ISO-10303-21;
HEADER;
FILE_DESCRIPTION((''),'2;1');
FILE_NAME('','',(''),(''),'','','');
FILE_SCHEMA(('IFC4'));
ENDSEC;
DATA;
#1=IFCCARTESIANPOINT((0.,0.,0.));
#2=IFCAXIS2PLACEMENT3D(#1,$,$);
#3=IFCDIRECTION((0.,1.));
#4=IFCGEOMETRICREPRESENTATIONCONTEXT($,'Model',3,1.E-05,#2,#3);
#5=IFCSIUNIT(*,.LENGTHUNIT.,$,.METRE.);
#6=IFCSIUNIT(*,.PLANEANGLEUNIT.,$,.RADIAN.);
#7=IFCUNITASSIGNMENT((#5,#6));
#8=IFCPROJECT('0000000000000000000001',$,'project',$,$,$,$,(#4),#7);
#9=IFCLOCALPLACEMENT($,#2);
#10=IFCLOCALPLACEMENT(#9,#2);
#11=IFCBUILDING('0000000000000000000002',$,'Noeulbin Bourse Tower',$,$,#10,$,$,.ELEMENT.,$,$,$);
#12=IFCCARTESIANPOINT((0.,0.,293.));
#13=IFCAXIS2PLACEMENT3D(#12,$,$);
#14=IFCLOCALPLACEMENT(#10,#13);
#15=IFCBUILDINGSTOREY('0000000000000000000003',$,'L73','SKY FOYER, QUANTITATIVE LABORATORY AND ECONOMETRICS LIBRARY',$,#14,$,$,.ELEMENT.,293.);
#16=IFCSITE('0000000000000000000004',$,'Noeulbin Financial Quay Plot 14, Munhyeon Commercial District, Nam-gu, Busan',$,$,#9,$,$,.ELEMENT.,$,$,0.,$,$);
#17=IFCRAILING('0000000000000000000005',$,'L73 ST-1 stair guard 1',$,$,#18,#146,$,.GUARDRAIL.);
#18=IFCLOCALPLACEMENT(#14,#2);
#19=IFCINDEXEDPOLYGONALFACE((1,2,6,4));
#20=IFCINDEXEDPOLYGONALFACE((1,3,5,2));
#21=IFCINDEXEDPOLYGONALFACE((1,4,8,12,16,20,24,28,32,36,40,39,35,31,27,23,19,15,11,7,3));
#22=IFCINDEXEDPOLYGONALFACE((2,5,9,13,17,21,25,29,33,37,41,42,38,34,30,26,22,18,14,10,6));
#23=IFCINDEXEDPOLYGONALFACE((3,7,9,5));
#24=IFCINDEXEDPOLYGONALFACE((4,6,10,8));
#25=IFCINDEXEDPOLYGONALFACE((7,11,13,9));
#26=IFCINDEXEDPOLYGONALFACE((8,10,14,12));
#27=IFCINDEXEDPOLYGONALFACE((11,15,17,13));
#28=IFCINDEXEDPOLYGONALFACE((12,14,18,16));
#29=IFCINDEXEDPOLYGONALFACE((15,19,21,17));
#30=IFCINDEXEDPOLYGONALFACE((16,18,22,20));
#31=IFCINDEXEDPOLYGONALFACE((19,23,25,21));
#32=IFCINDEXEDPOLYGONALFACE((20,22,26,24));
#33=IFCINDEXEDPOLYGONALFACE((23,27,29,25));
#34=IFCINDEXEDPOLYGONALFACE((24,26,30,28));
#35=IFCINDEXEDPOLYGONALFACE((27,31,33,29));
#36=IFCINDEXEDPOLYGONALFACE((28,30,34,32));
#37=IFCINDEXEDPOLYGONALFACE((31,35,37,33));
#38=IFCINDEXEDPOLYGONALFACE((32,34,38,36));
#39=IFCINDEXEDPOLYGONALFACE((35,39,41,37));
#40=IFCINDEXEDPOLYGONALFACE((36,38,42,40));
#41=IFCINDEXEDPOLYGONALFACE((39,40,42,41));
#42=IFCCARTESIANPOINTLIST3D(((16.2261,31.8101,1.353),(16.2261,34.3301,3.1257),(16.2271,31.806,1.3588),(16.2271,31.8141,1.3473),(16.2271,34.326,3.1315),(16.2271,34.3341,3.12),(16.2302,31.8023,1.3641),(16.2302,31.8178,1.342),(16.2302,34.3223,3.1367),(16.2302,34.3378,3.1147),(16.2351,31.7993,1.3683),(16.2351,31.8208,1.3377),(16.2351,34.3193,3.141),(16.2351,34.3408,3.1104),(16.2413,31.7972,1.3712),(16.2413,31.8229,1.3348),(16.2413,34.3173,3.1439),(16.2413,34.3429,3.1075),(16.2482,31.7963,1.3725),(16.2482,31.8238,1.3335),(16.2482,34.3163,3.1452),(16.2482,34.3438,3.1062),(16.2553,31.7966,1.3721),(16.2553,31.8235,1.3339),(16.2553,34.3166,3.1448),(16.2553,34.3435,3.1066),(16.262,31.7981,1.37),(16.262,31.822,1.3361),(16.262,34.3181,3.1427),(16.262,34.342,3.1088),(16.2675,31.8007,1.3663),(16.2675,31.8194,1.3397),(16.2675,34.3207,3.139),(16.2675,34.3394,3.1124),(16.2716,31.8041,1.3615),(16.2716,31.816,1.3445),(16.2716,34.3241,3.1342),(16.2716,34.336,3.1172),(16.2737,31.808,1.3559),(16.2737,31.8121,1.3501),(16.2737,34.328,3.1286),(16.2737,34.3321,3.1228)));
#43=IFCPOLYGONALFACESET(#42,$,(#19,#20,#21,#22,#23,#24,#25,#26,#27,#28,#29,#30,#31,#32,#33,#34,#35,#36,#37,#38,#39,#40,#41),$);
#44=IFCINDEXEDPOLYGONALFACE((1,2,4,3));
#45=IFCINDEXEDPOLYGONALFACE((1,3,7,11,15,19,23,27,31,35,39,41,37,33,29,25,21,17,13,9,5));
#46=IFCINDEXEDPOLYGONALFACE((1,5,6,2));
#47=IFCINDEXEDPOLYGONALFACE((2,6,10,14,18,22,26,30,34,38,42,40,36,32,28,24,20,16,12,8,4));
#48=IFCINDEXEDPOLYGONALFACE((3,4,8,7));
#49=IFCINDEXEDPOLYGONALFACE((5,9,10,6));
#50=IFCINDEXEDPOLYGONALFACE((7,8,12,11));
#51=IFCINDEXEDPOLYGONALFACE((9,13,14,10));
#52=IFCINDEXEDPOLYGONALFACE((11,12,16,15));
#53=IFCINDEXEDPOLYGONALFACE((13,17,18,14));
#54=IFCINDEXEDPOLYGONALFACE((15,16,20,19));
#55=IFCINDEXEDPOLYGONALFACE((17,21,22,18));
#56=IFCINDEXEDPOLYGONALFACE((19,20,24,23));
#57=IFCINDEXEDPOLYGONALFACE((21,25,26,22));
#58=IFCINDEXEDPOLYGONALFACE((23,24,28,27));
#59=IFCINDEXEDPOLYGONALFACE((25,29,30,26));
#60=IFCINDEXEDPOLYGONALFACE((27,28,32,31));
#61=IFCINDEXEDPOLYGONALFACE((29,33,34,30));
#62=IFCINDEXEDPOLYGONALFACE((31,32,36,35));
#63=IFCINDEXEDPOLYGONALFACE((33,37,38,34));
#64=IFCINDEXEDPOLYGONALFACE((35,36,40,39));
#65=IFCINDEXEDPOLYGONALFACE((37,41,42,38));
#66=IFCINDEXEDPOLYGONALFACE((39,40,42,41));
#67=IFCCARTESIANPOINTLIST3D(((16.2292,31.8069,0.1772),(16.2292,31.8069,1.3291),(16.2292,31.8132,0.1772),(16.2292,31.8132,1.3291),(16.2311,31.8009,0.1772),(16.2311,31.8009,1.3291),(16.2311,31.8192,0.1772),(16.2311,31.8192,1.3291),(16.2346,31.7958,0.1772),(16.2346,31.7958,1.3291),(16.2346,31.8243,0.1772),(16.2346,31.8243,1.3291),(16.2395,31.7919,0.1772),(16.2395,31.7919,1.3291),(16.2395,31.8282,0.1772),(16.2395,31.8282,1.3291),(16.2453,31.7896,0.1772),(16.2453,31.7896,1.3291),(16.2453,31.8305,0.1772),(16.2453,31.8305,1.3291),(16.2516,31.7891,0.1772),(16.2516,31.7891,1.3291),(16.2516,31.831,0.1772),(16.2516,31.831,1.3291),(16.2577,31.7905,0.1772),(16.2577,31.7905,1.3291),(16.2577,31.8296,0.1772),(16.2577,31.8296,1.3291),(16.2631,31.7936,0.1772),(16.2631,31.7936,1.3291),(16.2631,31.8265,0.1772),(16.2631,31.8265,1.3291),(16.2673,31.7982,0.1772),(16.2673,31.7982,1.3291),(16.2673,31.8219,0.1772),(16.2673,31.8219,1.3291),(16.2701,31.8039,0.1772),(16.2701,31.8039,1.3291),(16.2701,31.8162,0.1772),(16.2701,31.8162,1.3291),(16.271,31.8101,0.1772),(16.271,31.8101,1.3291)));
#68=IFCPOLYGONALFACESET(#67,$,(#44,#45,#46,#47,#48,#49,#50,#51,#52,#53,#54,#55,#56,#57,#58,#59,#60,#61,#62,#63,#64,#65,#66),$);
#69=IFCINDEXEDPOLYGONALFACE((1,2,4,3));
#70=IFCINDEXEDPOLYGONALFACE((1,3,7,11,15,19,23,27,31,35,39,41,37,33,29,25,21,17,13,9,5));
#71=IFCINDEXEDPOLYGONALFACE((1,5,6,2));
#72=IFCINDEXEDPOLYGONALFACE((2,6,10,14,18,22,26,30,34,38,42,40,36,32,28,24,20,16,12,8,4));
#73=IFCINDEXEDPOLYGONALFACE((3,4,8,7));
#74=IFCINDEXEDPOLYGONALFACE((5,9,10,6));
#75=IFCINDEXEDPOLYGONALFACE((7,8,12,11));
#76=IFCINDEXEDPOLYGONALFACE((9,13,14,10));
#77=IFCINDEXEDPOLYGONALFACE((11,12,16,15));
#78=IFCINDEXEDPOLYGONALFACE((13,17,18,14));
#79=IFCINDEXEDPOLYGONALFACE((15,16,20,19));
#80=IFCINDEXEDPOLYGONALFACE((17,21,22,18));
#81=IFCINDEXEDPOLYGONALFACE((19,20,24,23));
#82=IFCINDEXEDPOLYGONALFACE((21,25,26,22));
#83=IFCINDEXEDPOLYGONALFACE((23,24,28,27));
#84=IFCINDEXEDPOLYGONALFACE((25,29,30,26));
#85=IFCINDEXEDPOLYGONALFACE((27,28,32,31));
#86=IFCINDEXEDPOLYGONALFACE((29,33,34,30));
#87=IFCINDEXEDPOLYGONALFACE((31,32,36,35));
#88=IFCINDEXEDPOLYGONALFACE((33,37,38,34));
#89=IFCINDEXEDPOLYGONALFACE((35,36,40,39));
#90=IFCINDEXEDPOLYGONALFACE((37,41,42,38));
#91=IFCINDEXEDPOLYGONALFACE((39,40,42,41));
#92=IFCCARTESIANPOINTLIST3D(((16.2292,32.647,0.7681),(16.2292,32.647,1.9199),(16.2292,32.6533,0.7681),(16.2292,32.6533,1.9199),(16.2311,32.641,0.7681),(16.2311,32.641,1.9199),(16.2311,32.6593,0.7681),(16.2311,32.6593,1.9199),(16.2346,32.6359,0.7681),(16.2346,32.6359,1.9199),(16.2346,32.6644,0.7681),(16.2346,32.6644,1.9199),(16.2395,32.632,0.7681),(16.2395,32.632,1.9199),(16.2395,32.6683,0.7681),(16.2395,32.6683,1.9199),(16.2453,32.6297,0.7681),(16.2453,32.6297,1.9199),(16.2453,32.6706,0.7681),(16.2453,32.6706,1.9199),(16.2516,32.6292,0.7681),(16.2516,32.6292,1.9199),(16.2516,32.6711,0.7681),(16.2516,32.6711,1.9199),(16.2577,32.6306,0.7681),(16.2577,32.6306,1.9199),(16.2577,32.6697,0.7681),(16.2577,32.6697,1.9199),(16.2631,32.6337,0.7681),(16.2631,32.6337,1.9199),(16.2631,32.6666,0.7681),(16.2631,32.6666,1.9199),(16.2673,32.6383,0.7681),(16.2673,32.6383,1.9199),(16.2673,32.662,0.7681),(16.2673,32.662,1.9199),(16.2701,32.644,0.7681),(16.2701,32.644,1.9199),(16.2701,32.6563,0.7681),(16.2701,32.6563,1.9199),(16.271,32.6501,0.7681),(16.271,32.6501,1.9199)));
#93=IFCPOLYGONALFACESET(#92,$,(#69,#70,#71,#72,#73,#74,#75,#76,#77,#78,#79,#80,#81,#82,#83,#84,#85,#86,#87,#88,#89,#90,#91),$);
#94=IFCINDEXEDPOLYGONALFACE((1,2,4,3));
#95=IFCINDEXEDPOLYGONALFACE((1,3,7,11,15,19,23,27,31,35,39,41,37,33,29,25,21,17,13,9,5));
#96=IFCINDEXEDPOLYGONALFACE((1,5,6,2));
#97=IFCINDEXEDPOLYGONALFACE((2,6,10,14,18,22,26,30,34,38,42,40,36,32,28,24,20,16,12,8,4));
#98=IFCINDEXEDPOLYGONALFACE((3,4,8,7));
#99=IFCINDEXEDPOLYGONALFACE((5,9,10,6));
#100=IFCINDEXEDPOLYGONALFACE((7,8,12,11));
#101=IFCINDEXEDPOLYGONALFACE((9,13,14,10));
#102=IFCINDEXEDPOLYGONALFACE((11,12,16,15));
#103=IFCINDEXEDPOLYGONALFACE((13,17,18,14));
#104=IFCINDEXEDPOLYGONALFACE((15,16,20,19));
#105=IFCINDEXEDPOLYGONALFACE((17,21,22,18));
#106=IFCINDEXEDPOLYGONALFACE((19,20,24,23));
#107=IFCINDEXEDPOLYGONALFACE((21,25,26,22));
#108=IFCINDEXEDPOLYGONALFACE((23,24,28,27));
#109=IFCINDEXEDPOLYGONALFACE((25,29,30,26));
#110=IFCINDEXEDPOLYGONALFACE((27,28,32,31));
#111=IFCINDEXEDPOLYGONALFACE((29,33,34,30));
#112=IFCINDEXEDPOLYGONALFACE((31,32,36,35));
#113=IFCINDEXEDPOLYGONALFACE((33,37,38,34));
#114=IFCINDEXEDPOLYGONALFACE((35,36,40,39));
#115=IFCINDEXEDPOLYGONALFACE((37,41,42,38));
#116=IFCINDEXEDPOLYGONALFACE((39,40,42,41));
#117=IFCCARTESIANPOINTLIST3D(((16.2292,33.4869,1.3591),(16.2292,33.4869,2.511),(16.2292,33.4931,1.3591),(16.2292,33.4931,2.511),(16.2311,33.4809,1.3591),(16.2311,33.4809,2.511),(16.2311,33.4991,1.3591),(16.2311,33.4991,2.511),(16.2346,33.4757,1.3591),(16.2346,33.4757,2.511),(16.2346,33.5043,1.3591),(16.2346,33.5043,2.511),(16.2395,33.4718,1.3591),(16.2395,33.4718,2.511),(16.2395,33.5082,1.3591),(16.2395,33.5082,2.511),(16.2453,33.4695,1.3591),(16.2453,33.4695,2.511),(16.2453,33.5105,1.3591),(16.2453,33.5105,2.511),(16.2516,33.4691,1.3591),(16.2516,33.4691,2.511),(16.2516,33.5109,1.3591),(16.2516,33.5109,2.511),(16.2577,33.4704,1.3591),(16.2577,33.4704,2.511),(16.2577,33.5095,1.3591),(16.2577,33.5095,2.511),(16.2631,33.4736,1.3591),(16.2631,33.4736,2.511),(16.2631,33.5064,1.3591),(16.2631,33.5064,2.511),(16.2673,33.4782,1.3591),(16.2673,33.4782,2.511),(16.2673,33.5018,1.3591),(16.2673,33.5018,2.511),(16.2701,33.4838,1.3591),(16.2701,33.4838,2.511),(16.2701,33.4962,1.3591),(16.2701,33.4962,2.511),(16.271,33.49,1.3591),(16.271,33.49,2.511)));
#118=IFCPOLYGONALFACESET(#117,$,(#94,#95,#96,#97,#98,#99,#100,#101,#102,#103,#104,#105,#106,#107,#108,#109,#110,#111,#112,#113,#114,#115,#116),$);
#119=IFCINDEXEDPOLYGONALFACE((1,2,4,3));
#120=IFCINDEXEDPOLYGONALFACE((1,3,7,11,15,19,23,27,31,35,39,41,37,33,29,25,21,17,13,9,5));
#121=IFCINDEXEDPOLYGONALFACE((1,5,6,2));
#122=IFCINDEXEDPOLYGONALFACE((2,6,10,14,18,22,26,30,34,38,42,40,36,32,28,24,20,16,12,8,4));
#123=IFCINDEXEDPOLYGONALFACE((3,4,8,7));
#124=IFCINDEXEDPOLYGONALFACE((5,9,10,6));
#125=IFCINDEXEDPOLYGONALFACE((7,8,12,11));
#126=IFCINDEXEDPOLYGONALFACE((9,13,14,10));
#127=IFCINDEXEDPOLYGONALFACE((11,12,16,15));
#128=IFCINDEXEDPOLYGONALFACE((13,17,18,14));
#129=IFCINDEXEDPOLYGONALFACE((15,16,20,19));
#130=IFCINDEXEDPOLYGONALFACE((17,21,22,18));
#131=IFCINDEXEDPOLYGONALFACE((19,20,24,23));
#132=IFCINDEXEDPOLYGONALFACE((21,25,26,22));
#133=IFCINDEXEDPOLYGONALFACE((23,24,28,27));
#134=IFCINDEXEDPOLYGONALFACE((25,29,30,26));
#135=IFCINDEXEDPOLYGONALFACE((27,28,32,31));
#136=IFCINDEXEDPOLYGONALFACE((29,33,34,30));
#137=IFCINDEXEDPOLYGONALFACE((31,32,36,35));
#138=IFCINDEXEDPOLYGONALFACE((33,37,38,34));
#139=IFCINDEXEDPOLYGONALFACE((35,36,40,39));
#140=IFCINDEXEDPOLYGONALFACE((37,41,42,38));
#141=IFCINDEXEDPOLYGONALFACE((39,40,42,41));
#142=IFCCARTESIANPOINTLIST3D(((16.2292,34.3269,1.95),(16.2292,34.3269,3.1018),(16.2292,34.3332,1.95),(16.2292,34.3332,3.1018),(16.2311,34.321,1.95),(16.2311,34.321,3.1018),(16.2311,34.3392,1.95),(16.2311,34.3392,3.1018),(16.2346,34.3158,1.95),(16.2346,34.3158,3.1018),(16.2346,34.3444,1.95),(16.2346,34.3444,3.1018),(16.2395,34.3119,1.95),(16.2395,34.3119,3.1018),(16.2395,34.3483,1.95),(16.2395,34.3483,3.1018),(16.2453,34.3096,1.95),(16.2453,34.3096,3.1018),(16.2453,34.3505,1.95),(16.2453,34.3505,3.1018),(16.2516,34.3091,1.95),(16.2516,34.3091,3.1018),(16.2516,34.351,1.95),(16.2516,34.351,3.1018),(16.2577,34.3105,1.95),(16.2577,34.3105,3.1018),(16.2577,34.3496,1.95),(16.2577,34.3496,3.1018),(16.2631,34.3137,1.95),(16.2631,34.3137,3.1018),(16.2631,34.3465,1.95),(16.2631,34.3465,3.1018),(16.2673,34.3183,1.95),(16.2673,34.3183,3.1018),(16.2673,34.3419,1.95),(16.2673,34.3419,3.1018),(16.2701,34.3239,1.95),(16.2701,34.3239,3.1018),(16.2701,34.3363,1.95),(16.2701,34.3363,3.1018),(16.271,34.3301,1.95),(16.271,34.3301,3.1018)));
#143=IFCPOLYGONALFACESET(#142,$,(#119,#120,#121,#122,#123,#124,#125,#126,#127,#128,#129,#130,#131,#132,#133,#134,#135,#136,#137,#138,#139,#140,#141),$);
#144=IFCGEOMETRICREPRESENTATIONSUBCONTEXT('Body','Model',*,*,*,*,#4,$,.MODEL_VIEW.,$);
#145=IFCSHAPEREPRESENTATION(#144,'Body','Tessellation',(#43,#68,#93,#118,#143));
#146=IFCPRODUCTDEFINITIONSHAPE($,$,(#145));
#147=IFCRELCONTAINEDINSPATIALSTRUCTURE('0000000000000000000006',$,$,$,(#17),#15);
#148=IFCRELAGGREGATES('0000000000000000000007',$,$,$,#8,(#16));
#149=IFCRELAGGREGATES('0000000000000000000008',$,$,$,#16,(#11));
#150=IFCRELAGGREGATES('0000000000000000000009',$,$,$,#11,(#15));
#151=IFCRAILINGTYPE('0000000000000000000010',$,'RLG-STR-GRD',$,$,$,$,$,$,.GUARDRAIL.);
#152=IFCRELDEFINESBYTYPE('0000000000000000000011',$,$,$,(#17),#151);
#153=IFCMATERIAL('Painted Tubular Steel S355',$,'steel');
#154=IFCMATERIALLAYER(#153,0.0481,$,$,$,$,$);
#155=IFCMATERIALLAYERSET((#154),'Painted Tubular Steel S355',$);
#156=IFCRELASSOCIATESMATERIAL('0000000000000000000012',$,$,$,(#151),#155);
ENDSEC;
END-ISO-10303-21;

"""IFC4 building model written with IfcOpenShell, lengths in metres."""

from ifc_helpers import new_model, si_unit, direction, frame, origin, origin_2d, place, context, subcontext, project, spatial, circle, extrude, material, layer, layer_set, type_object, element, save


model = new_model("IFC4")

# Units and contexts
model_context = context("Model", 3, precision=1e-05, world=origin(), true_north=direction((0.0, 1.0)))
body_context = subcontext(model_context, "Body", "Model", "MODEL_VIEW")
ifc_project = project(units=[si_unit("LENGTHUNIT", "METRE"), si_unit("PLANEANGLEUNIT", "RADIAN")], contexts=[model_context])

# Site, building, storey
site_placement = place(None, origin())
site = spatial("IfcSite", under=ifc_project, at=site_placement, Name="Noeulbin Financial Quay Plot 14, Munhyeon Commercial District, Nam-gu, Busan", CompositionType="ELEMENT", RefElevation=0.0)
building_placement = place(site_placement, origin())
building = spatial("IfcBuilding", under=site, at=building_placement, Name="Noeulbin Bourse Tower", CompositionType="ELEMENT")
storey_placement = place(building_placement, frame((0.0, 0.0, 293.0)))
storey = spatial("IfcBuildingStorey", under=building, at=storey_placement, Name="L73", Description="SKY FOYER, QUANTITATIVE LABORATORY AND ECONOMETRICS LIBRARY", CompositionType="ELEMENT", Elevation=293.0)

# Railing
ifc_material_1 = material(Name="Painted Tubular Steel S355", Category="steel")
ifc_layer_1 = layer(ifc_material_1, 0.0481)
ifc_layer_set_1 = layer_set([ifc_layer_1], Name="Painted Tubular Steel S355")
railing_type_1 = type_object("IfcRailingType", Name="RLG-STR-GRD", PredefinedType="GUARDRAIL", material=ifc_layer_set_1)
railing_1_placement = place(storey_placement, frame((16.25, 31.8101, 0.1772)))
element("IfcRailing", 1, at=railing_1_placement, inside=storey, type_object=railing_type_1, Name="L73 ST-1 stair guard 1", PredefinedType="GUARDRAIL", context=body_context, shape_type="SweptSolid", body=[
    extrude(circle(Radius=0.0239, at=origin_2d()), frame((0.0, 0.0, 1.1758), z_axis=(0.0, 0.817904, 0.575354), x_axis=(-1.0, 0.0, 0.0)), (0.0, 0.0, 1.0), 3.0811),
    extrude(circle(Radius=0.021, at=origin_2d()), origin(), (0.0, 0.0, 1.0), 1.1519),
    extrude(circle(Radius=0.021, at=origin_2d()), frame((0.0, 0.8401, 0.5908)), (0.0, 0.0, 1.0), 1.1519),
    extrude(circle(Radius=0.021, at=origin_2d()), frame((0.0, 1.6799, 1.1819)), (0.0, 0.0, 1.0), 1.1519),
    extrude(circle(Radius=0.021, at=origin_2d()), frame((0.0, 2.52, 1.7727)), (0.0, 0.0, 1.0), 1.1519),
])

save(model, "model.ifc")
